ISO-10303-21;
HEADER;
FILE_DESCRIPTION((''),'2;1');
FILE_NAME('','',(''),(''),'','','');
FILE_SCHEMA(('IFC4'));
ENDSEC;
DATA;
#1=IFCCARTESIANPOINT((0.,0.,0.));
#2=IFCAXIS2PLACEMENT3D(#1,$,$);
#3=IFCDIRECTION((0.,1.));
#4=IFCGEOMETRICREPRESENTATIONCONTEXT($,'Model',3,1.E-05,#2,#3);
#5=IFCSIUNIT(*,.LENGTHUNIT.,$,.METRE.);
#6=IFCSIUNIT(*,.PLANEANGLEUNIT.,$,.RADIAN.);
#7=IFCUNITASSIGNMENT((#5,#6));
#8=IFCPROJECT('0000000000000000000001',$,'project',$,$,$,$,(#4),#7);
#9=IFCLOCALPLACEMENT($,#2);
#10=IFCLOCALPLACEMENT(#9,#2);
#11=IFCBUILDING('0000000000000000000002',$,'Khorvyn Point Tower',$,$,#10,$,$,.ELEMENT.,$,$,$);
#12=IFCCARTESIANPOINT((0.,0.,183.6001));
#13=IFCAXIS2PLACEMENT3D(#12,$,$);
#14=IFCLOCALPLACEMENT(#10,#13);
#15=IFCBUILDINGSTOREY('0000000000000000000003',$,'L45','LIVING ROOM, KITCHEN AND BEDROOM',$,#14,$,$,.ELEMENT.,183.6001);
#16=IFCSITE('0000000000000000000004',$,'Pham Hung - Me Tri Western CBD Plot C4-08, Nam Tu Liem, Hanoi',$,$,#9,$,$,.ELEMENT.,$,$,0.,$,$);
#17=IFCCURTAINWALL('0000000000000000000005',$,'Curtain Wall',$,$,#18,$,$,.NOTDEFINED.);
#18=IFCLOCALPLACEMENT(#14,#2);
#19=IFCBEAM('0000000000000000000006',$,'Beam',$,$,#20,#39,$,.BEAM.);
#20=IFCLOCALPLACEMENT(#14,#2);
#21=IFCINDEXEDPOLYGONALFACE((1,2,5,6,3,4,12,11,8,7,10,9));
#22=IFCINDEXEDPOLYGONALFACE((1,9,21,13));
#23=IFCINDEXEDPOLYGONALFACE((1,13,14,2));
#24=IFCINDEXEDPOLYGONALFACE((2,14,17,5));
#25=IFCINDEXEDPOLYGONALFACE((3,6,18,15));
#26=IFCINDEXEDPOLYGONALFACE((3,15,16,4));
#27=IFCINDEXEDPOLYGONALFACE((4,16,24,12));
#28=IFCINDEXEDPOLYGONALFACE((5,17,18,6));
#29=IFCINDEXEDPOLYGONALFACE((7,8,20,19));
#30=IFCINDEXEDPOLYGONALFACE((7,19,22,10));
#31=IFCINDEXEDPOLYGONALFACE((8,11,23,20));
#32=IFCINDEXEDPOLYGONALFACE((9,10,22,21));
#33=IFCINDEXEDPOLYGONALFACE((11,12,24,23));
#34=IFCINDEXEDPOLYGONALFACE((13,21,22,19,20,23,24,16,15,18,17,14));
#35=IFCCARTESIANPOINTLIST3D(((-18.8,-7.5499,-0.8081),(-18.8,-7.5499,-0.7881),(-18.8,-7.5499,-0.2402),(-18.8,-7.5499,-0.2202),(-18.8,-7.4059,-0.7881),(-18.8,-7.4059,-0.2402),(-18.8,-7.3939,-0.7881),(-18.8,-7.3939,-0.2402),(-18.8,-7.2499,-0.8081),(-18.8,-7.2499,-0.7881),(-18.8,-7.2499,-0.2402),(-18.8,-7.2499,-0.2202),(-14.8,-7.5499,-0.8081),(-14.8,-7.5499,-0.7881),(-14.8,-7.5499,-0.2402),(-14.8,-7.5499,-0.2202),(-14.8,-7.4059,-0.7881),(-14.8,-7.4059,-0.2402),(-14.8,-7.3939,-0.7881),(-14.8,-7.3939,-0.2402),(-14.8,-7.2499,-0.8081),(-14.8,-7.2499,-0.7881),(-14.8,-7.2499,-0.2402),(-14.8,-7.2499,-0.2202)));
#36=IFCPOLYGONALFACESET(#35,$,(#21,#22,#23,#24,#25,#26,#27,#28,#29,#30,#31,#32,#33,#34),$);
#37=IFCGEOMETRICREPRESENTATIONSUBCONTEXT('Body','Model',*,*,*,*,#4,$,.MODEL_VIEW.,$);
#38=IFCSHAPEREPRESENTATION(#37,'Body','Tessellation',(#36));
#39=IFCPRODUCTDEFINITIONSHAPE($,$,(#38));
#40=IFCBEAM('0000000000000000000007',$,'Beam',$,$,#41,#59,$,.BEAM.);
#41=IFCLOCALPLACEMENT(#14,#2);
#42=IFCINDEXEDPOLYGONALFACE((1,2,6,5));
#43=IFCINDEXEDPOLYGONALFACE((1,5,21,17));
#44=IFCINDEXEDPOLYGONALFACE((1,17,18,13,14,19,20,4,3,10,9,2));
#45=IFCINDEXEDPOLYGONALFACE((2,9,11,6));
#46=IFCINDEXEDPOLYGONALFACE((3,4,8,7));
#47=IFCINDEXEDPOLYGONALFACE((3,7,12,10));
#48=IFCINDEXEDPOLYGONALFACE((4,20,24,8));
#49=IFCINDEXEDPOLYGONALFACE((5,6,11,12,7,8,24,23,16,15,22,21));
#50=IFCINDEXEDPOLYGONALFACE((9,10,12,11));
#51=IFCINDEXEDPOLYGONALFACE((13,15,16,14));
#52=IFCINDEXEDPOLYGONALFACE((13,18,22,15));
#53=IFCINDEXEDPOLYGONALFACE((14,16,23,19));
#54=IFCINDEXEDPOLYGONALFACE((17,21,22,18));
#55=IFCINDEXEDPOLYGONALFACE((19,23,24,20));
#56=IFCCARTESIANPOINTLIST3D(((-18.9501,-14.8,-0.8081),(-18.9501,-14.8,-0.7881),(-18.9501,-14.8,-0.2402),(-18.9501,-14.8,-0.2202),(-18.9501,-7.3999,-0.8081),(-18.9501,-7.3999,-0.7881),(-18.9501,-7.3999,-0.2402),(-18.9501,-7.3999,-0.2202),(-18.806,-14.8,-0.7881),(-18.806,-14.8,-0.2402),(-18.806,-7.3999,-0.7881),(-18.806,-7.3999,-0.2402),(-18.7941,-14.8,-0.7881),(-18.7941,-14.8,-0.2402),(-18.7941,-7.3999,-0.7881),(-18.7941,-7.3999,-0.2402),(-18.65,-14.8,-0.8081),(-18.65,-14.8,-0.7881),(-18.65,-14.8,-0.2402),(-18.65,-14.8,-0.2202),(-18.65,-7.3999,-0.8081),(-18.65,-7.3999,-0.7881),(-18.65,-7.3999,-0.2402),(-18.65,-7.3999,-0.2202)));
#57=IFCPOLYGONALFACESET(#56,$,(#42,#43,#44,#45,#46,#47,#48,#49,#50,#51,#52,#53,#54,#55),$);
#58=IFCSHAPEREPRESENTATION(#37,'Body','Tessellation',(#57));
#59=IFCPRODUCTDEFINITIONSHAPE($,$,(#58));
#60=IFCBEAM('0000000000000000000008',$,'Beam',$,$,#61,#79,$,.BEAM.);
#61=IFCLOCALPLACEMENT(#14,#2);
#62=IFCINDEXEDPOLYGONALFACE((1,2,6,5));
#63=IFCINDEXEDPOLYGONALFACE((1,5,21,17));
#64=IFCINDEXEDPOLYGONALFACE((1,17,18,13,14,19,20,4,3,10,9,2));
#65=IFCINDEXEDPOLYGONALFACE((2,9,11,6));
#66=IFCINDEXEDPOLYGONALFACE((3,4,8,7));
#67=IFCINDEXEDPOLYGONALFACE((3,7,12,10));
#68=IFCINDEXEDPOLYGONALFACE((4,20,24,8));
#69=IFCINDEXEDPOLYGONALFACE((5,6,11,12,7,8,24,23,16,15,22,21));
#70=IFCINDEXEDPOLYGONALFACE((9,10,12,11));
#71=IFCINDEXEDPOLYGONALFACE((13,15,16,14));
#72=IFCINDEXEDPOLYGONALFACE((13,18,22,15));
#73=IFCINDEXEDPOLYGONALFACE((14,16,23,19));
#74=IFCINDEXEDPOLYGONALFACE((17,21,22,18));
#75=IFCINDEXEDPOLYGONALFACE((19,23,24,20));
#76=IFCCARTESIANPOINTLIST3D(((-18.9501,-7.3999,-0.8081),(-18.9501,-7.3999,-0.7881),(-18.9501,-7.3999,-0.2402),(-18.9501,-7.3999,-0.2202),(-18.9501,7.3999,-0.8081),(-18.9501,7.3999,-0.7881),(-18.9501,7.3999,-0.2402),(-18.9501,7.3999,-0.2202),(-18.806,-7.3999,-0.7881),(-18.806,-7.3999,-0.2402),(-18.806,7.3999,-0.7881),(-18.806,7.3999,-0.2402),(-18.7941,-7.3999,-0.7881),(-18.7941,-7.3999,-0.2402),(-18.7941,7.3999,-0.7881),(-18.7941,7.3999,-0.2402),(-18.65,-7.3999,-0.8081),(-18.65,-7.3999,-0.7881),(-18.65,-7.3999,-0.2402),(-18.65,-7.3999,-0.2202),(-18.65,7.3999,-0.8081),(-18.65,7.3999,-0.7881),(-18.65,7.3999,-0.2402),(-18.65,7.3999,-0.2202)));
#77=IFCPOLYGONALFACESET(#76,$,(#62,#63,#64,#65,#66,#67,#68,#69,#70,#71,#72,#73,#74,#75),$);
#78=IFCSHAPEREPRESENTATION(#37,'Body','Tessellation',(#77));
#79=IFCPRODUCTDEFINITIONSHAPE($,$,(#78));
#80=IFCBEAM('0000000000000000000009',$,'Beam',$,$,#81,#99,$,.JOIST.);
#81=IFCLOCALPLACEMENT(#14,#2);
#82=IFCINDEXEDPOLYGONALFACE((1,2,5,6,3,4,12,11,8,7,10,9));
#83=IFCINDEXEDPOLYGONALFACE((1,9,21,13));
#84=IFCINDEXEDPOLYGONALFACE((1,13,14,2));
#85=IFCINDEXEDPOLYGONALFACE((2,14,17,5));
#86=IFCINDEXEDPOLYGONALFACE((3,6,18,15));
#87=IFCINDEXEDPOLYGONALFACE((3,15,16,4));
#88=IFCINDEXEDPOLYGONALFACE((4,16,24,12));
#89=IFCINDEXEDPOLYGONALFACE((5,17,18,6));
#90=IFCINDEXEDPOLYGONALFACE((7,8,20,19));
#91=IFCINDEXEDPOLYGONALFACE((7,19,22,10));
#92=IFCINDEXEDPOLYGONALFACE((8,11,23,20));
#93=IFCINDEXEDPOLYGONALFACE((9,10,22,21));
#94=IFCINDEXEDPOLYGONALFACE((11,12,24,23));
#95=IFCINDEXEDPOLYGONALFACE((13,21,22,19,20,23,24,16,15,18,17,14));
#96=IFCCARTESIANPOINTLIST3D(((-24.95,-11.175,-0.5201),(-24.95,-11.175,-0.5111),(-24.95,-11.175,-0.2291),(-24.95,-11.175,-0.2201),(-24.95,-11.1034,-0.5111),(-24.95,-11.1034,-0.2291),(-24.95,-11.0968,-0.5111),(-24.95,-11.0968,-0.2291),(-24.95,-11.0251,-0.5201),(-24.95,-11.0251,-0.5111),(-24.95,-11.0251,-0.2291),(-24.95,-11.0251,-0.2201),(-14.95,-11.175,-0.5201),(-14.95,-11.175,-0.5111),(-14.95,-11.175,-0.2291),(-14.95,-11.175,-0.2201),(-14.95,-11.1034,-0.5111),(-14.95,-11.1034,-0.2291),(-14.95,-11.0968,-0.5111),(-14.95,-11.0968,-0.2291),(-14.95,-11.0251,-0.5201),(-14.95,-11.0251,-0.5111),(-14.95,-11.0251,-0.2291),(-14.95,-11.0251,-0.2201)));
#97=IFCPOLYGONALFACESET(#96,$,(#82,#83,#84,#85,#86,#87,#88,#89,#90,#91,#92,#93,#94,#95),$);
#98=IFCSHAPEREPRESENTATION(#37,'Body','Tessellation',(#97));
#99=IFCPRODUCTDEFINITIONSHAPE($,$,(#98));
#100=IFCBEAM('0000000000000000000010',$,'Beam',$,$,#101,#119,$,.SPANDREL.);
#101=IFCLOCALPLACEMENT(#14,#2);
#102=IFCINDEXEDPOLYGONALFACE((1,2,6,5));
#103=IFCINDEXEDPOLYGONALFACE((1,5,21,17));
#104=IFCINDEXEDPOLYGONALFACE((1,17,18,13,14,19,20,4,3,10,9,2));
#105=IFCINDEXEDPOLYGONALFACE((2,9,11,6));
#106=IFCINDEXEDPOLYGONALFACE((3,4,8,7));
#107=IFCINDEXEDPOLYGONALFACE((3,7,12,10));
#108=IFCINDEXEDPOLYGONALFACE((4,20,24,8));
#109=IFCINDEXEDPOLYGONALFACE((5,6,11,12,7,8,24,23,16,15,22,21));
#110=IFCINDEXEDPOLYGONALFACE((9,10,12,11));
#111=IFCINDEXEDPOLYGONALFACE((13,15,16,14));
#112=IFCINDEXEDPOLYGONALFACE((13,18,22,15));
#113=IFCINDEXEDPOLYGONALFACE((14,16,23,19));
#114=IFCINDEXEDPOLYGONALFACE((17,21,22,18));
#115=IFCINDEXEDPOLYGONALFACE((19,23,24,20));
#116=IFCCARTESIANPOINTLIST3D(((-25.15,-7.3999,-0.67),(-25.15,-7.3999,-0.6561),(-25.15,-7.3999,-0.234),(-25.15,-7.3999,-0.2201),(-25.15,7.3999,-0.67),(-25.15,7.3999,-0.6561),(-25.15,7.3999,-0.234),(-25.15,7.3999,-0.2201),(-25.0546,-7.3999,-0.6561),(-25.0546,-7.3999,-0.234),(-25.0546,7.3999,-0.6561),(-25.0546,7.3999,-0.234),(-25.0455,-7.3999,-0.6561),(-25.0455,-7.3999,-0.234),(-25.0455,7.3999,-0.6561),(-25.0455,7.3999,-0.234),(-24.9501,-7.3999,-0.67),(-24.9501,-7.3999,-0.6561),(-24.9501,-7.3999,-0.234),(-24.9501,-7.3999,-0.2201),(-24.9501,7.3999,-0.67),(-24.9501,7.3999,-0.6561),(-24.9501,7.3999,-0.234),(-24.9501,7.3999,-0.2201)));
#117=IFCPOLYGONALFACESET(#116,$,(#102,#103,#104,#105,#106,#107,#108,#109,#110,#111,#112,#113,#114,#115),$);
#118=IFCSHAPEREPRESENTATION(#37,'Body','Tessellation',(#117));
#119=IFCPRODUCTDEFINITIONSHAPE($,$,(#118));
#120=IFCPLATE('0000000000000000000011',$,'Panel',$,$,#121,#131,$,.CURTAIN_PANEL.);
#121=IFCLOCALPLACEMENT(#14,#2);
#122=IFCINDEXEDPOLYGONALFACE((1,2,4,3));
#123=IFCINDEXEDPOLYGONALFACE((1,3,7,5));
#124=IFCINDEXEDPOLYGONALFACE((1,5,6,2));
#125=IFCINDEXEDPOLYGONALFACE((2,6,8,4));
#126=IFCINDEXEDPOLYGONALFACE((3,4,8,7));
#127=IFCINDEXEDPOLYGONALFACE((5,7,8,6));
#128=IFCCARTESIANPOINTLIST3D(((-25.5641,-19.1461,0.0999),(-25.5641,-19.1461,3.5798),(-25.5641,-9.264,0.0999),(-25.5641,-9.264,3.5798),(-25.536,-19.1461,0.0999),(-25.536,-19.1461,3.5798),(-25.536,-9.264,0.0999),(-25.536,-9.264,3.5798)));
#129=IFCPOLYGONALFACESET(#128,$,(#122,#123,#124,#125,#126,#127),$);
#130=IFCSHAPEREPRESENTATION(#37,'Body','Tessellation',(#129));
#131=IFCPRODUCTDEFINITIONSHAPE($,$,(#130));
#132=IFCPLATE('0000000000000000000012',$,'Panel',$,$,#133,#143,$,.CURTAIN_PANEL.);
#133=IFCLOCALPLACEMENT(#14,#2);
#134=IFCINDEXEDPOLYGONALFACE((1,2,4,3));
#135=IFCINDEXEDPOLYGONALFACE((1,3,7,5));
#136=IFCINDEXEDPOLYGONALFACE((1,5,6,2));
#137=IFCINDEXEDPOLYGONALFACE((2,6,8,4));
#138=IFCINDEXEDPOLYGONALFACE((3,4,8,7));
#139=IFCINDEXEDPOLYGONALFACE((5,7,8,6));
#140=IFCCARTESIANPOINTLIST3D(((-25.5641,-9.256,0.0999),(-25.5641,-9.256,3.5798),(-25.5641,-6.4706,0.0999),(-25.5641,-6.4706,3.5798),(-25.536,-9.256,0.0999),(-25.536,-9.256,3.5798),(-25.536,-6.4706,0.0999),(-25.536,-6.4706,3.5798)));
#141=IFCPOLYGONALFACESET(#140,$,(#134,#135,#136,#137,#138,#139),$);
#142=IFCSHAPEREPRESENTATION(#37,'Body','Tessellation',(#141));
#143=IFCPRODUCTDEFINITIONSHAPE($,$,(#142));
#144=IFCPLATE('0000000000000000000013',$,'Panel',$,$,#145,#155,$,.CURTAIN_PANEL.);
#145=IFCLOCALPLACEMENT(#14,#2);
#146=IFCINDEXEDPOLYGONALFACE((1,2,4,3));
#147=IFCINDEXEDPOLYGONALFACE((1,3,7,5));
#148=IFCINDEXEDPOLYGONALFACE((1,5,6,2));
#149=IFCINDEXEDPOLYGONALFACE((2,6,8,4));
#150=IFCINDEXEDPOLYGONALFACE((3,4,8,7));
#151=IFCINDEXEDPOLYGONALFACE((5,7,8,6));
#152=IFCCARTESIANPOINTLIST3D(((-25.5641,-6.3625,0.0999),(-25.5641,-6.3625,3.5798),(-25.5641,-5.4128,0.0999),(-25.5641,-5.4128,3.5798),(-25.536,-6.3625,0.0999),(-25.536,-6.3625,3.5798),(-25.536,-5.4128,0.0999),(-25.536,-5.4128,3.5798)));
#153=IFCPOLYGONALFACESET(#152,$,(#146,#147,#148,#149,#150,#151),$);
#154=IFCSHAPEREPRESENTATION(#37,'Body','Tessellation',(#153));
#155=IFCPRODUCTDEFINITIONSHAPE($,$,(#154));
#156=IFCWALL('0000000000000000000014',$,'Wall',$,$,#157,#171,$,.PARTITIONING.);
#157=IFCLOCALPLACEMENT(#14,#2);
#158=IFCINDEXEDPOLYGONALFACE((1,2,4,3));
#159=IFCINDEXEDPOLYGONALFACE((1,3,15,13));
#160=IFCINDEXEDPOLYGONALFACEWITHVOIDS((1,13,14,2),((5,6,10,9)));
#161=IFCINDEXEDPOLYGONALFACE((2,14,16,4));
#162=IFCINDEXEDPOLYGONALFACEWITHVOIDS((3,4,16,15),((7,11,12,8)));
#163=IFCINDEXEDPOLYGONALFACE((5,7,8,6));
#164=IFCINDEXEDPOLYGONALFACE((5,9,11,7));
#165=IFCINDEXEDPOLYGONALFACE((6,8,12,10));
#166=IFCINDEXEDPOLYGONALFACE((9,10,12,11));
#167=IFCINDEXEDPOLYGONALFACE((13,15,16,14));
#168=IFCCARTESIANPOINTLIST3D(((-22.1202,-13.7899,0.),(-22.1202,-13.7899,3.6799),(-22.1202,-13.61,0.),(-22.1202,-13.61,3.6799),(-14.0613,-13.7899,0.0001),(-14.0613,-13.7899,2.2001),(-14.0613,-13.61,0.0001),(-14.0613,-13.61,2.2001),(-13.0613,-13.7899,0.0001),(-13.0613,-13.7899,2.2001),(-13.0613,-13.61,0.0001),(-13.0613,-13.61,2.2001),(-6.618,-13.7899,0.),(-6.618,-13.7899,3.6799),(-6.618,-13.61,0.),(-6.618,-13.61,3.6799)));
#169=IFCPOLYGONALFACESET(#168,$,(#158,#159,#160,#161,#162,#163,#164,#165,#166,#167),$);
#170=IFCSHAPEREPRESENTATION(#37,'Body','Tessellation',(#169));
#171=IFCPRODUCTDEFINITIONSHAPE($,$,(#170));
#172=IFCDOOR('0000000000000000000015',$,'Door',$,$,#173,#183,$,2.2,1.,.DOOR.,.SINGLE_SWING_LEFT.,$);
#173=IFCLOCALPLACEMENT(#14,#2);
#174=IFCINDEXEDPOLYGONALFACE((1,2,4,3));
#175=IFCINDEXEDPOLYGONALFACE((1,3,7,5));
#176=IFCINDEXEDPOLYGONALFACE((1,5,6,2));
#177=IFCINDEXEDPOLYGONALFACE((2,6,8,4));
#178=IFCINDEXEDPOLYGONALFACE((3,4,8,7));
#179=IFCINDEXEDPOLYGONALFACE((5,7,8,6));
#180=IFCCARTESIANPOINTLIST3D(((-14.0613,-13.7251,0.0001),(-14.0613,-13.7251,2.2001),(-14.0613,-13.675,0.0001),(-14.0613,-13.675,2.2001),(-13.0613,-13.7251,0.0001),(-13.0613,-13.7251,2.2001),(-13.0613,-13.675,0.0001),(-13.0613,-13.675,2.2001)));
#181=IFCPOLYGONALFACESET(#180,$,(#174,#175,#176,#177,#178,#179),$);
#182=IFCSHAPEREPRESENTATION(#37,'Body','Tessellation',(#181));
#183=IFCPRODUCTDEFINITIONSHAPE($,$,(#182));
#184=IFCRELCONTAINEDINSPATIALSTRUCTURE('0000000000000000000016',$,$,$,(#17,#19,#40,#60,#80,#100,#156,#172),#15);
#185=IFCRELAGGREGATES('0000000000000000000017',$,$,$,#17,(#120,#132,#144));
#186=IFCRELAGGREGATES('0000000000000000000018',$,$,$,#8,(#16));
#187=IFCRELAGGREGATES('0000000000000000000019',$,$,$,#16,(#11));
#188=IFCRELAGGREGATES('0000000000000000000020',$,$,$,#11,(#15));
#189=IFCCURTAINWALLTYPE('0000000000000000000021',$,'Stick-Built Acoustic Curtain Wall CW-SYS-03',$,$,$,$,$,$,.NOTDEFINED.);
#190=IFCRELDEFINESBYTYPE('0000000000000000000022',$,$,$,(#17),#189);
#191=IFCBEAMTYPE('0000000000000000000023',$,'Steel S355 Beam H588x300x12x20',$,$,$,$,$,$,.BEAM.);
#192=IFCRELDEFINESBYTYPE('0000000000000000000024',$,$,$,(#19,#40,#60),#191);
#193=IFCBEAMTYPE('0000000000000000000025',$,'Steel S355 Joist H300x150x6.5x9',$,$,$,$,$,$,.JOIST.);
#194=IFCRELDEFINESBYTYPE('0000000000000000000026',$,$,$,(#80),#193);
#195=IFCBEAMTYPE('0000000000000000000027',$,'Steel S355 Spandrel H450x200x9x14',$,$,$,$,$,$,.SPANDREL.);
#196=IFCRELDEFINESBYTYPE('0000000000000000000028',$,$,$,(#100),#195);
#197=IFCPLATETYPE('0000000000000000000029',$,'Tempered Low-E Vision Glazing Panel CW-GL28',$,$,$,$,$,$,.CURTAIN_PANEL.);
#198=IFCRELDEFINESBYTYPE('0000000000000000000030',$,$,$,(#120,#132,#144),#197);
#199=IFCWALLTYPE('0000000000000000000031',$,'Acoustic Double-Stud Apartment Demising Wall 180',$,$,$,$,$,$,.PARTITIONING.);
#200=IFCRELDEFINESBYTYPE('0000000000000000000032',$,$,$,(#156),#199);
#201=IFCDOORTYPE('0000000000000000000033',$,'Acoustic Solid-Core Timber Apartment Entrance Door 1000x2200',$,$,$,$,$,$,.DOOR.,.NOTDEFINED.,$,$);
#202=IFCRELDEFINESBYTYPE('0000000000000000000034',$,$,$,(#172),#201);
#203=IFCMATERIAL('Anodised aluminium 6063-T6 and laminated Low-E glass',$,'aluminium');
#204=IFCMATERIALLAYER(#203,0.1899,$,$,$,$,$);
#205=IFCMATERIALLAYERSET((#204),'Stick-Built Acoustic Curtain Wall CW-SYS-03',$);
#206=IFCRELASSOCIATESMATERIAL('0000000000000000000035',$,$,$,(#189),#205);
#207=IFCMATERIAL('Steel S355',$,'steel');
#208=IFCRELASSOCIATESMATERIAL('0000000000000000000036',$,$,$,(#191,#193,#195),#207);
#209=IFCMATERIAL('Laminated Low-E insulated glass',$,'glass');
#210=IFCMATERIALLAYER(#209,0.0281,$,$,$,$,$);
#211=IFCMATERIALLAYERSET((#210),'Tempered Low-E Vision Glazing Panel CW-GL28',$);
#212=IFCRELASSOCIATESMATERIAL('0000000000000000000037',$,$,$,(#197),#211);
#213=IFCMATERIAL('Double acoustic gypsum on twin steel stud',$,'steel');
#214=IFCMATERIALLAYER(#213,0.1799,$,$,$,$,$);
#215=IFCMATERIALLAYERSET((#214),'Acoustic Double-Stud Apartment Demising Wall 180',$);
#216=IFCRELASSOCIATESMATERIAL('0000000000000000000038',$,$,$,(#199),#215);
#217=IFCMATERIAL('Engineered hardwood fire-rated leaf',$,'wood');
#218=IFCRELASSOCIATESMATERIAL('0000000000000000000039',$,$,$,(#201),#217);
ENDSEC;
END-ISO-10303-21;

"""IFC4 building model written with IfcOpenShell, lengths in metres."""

from ifc_helpers import new_model, si_unit, direction, frame, frame_2d, origin, origin_2d, place, context, subcontext, project, spatial, rectangle, i_section, extrude, material, layer, layer_set, material_profile, profile_set, type_object, element, fill, aggregate, save


model = new_model("IFC4")

# Units and contexts
model_context = context("Model", 3, precision=1e-05, world=origin(), true_north=direction((0.0, 1.0)))
body_context = subcontext(model_context, "Body", "Model", "MODEL_VIEW")
ifc_project = project(units=[si_unit("LENGTHUNIT", "METRE"), si_unit("PLANEANGLEUNIT", "RADIAN")], contexts=[model_context])

# Site, building, storey
site_placement = place(None, origin())
site = spatial("IfcSite", under=ifc_project, at=site_placement, Name="Pham Hung - Me Tri Western CBD Plot C4-08, Nam Tu Liem, Hanoi", CompositionType="ELEMENT", RefElevation=0.0)
building_placement = place(site_placement, origin())
building = spatial("IfcBuilding", under=site, at=building_placement, Name="Khorvyn Point Tower", CompositionType="ELEMENT")
storey_placement = place(building_placement, frame((0.0, 0.0, 183.6001)))
storey = spatial("IfcBuildingStorey", under=building, at=storey_placement, Name="L45", Description="LIVING ROOM, KITCHEN AND BEDROOM", CompositionType="ELEMENT", Elevation=183.6001)

# Curtain wall
ifc_material_1 = material(Name="Anodised aluminium 6063-T6 and laminated Low-E glass", Category="aluminium")
ifc_layer_1 = layer(ifc_material_1, 0.1899)
ifc_layer_set_1 = layer_set([ifc_layer_1], Name="Stick-Built Acoustic Curtain Wall CW-SYS-03")
curtain_wall_type = type_object("IfcCurtainWallType", Name="Stick-Built Acoustic Curtain Wall CW-SYS-03", PredefinedType="NOTDEFINED", material=ifc_layer_set_1)
curtain_wall_placement = place(storey_placement, origin())
curtain_wall = element("IfcCurtainWall", 1, at=curtain_wall_placement, inside=storey, type_object=curtain_wall_type, Name="Curtain Wall", PredefinedType="NOTDEFINED")

# Beams
ifc_material_2 = material(Name="Steel S355", Category="steel")
ifc_material_profile_1 = material_profile(ifc_material_2, i_section(OverallWidth=0.3, OverallDepth=0.5879, WebThickness=0.012, FlangeThickness=0.02, at=origin_2d()))
ifc_profile_set_1 = profile_set([ifc_material_profile_1], Name="Steel S355 H588x300x12x20")
beam_type_1 = type_object("IfcBeamType", Name="Steel S355 Beam H588x300x12x20", PredefinedType="BEAM", material=ifc_profile_set_1)
beam_1_placement = place(storey_placement, frame((-18.8, -7.3999, -0.5142), z_axis=(1.0, 0.0, 0.0), x_axis=(0.0, 1.0, 0.0)))
element("IfcBeam", 2, at=beam_1_placement, inside=storey, type_object=beam_type_1, Name="Beam", PredefinedType="BEAM", context=body_context, shape_type="SweptSolid", body=[
    extrude(i_section(OverallWidth=0.3, OverallDepth=0.5879, WebThickness=0.012, FlangeThickness=0.02, at=origin_2d()), origin(), (0.0, 0.0, 1.0), 4.0),
])
beam_2_placement = place(storey_placement, frame((-18.8, -14.8, -0.5142), z_axis=(0.0, 1.0, 0.0), x_axis=(-1.0, 0.0, 0.0)))
element("IfcBeam", 3, at=beam_2_placement, inside=storey, type_object=beam_type_1, Name="Beam", PredefinedType="BEAM", context=body_context, shape_type="SweptSolid", body=[
    extrude(i_section(OverallWidth=0.3, OverallDepth=0.5879, WebThickness=0.012, FlangeThickness=0.02, at=origin_2d()), origin(), (0.0, 0.0, 1.0), 7.4001),
])
beam_3_placement = place(storey_placement, frame((-18.8, -7.3999, -0.5142), z_axis=(0.0, 1.0, 0.0), x_axis=(-1.0, 0.0, 0.0)))
element("IfcBeam", 4, at=beam_3_placement, inside=storey, type_object=beam_type_1, Name="Beam", PredefinedType="BEAM", context=body_context, shape_type="SweptSolid", body=[
    extrude(i_section(OverallWidth=0.3, OverallDepth=0.5879, WebThickness=0.012, FlangeThickness=0.02, at=origin_2d()), origin(), (0.0, 0.0, 1.0), 14.7998),
])
ifc_material_profile_2 = material_profile(ifc_material_2, i_section(OverallWidth=0.1499, OverallDepth=0.3, WebThickness=0.0066, FlangeThickness=0.009, at=origin_2d()))
ifc_profile_set_2 = profile_set([ifc_material_profile_2], Name="Steel S355 H300x150x6.5x9")
beam_type_2 = type_object("IfcBeamType", Name="Steel S355 Joist H300x150x6.5x9", PredefinedType="JOIST", material=ifc_profile_set_2)
beam_4_placement = place(storey_placement, frame((-24.95, -11.1001, -0.3701), z_axis=(1.0, 0.0, 0.0), x_axis=(0.0, 1.0, 0.0)))
element("IfcBeam", 5, at=beam_4_placement, inside=storey, type_object=beam_type_2, Name="Beam", PredefinedType="JOIST", context=body_context, shape_type="SweptSolid", body=[
    extrude(i_section(OverallWidth=0.1499, OverallDepth=0.3, WebThickness=0.0066, FlangeThickness=0.009, at=origin_2d()), origin(), (0.0, 0.0, 1.0), 10.0),
])
ifc_material_profile_3 = material_profile(ifc_material_2, i_section(OverallWidth=0.2, OverallDepth=0.45, WebThickness=0.009, FlangeThickness=0.0139, at=origin_2d()))
ifc_profile_set_3 = profile_set([ifc_material_profile_3], Name="Steel S355 H450x200x9x14")
beam_type_3 = type_object("IfcBeamType", Name="Steel S355 Spandrel H450x200x9x14", PredefinedType="SPANDREL", material=ifc_profile_set_3)
beam_5_placement = place(storey_placement, frame((-25.05, -7.3999, -0.4451), z_axis=(0.0, 1.0, 0.0), x_axis=(-1.0, 0.0, 0.0)))
element("IfcBeam", 6, at=beam_5_placement, inside=storey, type_object=beam_type_3, Name="Beam", PredefinedType="SPANDREL", context=body_context, shape_type="SweptSolid", body=[
    extrude(i_section(OverallWidth=0.2, OverallDepth=0.45, WebThickness=0.009, FlangeThickness=0.0139, at=origin_2d()), origin(), (0.0, 0.0, 1.0), 14.7998),
])

# Plates
ifc_material_3 = material(Name="Laminated Low-E insulated glass", Category="glass")
ifc_layer_2 = layer(ifc_material_3, 0.0281)
ifc_layer_set_2 = layer_set([ifc_layer_2], Name="Tempered Low-E Vision Glazing Panel CW-GL28")
plate_type = type_object("IfcPlateType", Name="Tempered Low-E Vision Glazing Panel CW-GL28", PredefinedType="CURTAIN_PANEL", material=ifc_layer_set_2)
plate_1_placement = place(storey_placement, frame((-25.55, -14.2051, 0.0999), z_axis=(0.0, 0.0, 1.0), x_axis=(0.0, 1.0, 0.0)))
plate_1 = element("IfcPlate", 7, at=plate_1_placement, type_object=plate_type, Name="Panel", PredefinedType="CURTAIN_PANEL", context=body_context, shape_type="SweptSolid", body=[
    extrude(rectangle(XDim=9.8821, YDim=0.0281, at=origin_2d()), origin(), (0.0, 0.0, 1.0), 3.48),
])
plate_2_placement = place(storey_placement, frame((-25.55, -7.8633, 0.0999), z_axis=(0.0, 0.0, 1.0), x_axis=(0.0, 1.0, 0.0)))
plate_2 = element("IfcPlate", 8, at=plate_2_placement, type_object=plate_type, Name="Panel", PredefinedType="CURTAIN_PANEL", context=body_context, shape_type="SweptSolid", body=[
    extrude(rectangle(XDim=2.7854, YDim=0.0281, at=origin_2d()), origin(), (0.0, 0.0, 1.0), 3.48),
])
plate_3_placement = place(storey_placement, frame((-25.55, -5.8877, 0.0999), z_axis=(0.0, 0.0, 1.0), x_axis=(0.0, 1.0, 0.0)))
plate_3 = element("IfcPlate", 9, at=plate_3_placement, type_object=plate_type, Name="Panel", PredefinedType="CURTAIN_PANEL", context=body_context, shape_type="SweptSolid", body=[
    extrude(rectangle(XDim=0.9497, YDim=0.0281, at=origin_2d()), origin(), (0.0, 0.0, 1.0), 3.48),
])
aggregate(curtain_wall, [plate_1, plate_2, plate_3])

# Wall, opening, door
ifc_material_4 = material(Name="Double acoustic gypsum on twin steel stud", Category="steel")
ifc_layer_3 = layer(ifc_material_4, 0.1799)
ifc_layer_set_3 = layer_set([ifc_layer_3], Name="Acoustic Double-Stud Apartment Demising Wall 180")
wall_type_1 = type_object("IfcWallType", Name="Acoustic Double-Stud Apartment Demising Wall 180", PredefinedType="PARTITIONING", material=ifc_layer_set_3)
wall_1_placement = place(storey_placement, frame((-22.1201, -13.7, 0.0), z_axis=(0.0, 0.0, 1.0), x_axis=(1.0, 0.0, 0.0)))
wall_1 = element("IfcWall", 10, at=wall_1_placement, inside=storey, type_object=wall_type_1, Name="Wall", PredefinedType="PARTITIONING", context=body_context, shape_type="SweptSolid", body=[
    extrude(rectangle(XDim=15.5022, YDim=0.1799, at=frame_2d((7.751, 0.0))), origin(), (0.0, 0.0, 1.0), 3.6799),
])
opening_1_placement = place(wall_1_placement, frame((8.0588, 0.0, 0.0)))
opening_1 = element("IfcOpeningElement", 11, at=opening_1_placement, cuts=wall_1, PredefinedType="OPENING", context=body_context, shape_type="SweptSolid", body=[
    extrude(rectangle(XDim=1.0, YDim=2.2, at=frame_2d((0.5, 1.1001))), frame((0.0, 0.0999, 0.0), z_axis=(0.0, -1.0, 0.0), x_axis=(1.0, 0.0, 0.0)), (0.0, 0.0, 1.0), 0.2),
])
ifc_material_5 = material(Name="Engineered hardwood fire-rated leaf", Category="wood")
door_type_1 = type_object("IfcDoorType", Name="Acoustic Solid-Core Timber Apartment Entrance Door 1000x2200", OperationType="NOTDEFINED", PredefinedType="DOOR", material=ifc_material_5)
door_1_placement = place(opening_1_placement, origin())
door_1 = element("IfcDoor", 12, at=door_1_placement, inside=storey, type_object=door_type_1, Name="Door", OperationType="SINGLE_SWING_LEFT", OverallHeight=2.2, OverallWidth=1.0, PredefinedType="DOOR", context=body_context, shape_type="SweptSolid", body=[
    extrude(rectangle(XDim=1.0, YDim=2.2, at=frame_2d((0.5, 1.1001))), frame((0.0, 0.0249, 0.0), z_axis=(0.0, -1.0, 0.0), x_axis=(1.0, 0.0, 0.0)), (0.0, 0.0, 1.0), 0.05),
])
fill(opening_1, door_1)

save(model, "model.ifc")
